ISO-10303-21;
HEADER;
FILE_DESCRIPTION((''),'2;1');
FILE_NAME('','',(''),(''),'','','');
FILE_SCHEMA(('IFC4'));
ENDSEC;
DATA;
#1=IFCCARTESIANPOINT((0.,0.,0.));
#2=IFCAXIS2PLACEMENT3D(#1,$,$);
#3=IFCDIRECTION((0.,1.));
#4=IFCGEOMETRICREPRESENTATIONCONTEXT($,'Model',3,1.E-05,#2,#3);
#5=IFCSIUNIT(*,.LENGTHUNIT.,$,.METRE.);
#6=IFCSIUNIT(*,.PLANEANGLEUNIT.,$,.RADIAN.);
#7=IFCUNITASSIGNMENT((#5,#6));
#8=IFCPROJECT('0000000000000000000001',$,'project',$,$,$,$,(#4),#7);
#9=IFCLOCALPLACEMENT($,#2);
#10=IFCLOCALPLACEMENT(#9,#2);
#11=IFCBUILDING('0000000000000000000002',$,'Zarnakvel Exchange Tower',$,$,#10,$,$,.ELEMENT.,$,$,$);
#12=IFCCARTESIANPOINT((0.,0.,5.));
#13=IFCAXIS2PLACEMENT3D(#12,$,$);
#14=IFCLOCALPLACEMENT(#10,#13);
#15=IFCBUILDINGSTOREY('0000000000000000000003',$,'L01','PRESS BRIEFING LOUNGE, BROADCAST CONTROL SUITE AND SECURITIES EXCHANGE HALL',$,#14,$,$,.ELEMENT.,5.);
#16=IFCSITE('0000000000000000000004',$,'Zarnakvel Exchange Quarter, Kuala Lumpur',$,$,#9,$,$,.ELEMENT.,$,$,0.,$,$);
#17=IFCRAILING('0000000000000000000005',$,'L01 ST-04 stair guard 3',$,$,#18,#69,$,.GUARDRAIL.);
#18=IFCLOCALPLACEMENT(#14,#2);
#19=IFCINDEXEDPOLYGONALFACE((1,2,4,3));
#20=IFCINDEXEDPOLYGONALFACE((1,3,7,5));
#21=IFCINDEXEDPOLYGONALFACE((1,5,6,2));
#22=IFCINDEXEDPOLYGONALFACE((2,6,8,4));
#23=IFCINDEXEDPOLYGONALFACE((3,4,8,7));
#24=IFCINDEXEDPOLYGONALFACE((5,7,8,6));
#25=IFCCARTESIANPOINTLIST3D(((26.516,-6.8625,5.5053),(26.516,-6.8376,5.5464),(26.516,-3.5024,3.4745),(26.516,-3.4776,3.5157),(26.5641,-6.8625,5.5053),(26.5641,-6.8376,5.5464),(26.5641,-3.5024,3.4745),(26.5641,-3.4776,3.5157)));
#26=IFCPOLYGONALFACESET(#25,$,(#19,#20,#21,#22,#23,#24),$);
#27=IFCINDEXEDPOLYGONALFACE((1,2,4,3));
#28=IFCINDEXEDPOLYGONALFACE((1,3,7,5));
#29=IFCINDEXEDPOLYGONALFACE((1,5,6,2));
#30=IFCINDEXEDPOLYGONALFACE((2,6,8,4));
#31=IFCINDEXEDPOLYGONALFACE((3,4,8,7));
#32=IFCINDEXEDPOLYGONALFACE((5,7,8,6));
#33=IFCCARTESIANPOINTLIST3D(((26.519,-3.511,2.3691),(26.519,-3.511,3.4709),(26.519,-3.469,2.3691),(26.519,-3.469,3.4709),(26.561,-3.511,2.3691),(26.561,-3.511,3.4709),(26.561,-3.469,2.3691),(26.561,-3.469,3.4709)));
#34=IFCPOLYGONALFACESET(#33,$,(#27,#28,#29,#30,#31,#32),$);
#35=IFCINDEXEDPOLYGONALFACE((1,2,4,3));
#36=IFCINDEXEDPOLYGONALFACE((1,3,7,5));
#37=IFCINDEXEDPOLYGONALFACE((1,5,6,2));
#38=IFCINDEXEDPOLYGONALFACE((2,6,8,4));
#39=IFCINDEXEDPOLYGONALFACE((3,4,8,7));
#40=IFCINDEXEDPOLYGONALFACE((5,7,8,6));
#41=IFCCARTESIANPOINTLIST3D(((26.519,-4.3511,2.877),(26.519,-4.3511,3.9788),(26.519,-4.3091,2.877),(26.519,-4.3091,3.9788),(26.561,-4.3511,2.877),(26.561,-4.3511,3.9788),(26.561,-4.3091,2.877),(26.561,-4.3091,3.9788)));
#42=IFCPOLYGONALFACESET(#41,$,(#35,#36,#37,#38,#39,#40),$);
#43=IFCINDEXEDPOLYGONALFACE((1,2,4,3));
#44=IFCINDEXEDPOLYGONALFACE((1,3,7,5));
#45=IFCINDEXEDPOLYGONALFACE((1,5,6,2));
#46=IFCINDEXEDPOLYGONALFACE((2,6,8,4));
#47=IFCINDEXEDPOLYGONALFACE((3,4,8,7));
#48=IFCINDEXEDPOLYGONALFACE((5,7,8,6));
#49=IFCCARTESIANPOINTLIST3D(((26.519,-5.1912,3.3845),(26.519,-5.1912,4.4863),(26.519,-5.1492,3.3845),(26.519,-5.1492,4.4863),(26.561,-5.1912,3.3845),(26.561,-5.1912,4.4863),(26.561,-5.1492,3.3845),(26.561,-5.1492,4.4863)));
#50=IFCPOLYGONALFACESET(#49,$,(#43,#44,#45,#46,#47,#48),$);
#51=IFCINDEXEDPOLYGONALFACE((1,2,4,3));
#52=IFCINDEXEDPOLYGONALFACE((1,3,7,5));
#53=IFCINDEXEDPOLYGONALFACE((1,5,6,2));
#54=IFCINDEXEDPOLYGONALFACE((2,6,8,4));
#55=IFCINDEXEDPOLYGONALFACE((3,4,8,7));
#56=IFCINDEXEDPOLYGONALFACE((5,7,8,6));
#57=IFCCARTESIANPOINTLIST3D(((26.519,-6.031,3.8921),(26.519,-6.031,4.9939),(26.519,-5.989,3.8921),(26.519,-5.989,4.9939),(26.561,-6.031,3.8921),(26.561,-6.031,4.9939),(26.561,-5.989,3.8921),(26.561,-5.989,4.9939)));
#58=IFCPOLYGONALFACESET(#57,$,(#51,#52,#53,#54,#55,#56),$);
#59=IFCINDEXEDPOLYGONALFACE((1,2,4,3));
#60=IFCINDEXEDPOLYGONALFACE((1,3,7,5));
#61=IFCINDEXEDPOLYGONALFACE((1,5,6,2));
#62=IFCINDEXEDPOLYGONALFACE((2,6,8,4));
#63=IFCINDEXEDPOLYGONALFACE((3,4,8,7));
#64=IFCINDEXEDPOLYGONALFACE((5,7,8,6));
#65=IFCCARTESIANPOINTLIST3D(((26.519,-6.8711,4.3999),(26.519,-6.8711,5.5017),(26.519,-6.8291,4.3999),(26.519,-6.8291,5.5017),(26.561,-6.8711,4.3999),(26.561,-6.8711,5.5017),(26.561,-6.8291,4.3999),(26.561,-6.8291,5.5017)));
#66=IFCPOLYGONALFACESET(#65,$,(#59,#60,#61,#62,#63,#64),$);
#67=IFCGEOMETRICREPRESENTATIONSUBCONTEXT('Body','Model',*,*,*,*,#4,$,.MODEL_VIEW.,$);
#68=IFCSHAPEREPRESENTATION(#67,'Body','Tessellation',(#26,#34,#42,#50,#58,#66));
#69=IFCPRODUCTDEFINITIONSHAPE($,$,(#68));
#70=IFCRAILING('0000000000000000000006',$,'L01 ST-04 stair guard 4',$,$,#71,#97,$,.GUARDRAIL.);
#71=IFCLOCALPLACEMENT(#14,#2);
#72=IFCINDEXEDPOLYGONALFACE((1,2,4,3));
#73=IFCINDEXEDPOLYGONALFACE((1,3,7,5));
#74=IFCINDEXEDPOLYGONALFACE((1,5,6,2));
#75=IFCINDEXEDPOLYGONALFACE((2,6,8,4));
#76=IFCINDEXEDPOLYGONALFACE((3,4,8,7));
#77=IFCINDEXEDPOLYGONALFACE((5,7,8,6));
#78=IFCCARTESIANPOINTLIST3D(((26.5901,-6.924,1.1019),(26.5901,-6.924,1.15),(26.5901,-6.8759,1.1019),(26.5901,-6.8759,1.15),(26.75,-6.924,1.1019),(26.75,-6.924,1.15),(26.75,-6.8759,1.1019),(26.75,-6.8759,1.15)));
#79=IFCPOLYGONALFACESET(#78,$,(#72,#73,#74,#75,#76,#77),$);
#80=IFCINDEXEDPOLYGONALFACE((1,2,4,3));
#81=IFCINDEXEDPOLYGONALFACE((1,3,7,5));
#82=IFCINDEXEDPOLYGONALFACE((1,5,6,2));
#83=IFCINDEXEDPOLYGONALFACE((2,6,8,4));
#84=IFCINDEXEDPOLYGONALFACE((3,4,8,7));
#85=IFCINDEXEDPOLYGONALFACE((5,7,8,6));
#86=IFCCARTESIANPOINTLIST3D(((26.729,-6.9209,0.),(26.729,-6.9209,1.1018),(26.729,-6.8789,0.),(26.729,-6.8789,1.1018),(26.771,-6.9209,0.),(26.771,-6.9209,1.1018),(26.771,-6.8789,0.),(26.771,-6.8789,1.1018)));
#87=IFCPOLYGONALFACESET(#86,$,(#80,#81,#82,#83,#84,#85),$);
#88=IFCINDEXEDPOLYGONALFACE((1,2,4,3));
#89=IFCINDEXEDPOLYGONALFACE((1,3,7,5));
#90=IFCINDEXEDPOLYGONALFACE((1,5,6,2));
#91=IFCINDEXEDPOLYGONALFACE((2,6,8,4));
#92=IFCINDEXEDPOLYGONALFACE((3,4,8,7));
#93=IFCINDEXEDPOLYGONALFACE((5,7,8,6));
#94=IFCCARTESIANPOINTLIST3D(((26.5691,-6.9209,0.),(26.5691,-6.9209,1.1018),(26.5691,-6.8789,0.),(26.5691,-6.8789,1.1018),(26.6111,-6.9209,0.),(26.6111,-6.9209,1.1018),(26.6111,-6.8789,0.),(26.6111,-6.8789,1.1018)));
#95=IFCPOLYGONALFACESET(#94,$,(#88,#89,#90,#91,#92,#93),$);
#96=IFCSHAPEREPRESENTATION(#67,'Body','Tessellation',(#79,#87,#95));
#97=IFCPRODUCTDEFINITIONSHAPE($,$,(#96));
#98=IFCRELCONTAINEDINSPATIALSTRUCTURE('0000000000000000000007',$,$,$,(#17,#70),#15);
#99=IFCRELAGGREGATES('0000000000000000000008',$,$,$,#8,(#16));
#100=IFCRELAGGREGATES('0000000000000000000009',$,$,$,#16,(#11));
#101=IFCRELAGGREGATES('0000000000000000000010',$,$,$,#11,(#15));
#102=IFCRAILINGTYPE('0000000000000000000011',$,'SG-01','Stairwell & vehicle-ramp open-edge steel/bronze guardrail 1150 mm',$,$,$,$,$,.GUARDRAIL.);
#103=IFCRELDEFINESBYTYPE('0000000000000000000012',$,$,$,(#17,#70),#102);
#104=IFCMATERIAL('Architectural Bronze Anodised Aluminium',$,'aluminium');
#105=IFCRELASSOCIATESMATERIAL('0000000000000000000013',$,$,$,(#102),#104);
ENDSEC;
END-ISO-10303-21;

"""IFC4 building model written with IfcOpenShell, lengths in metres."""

from ifc_helpers import new_model, si_unit, direction, frame, origin, origin_2d, place, context, subcontext, project, spatial, rectangle, extrude, material, type_object, element, save


model = new_model("IFC4")

# Units and contexts
model_context = context("Model", 3, precision=1e-05, world=origin(), true_north=direction((0.0, 1.0)))
body_context = subcontext(model_context, "Body", "Model", "MODEL_VIEW")
ifc_project = project(units=[si_unit("LENGTHUNIT", "METRE"), si_unit("PLANEANGLEUNIT", "RADIAN")], contexts=[model_context])

# Site, building, storey
site_placement = place(None, origin())
site = spatial("IfcSite", under=ifc_project, at=site_placement, Name="Zarnakvel Exchange Quarter, Kuala Lumpur", CompositionType="ELEMENT", RefElevation=0.0)
building_placement = place(site_placement, origin())
building = spatial("IfcBuilding", under=site, at=building_placement, Name="Zarnakvel Exchange Tower", CompositionType="ELEMENT")
storey_placement = place(building_placement, frame((0.0, 0.0, 5.0)))
storey = spatial("IfcBuildingStorey", under=building, at=storey_placement, Name="L01", Description="PRESS BRIEFING LOUNGE, BROADCAST CONTROL SUITE AND SECURITIES EXCHANGE HALL", CompositionType="ELEMENT", Elevation=5.0)

# Railings
ifc_material_1 = material(Name="Architectural Bronze Anodised Aluminium", Category="aluminium")
railing_type_1 = type_object("IfcRailingType", Name="SG-01", Description="Stairwell & vehicle-ramp open-edge steel/bronze guardrail 1150 mm", PredefinedType="GUARDRAIL", material=ifc_material_1)
railing_1_placement = place(storey_placement, frame((26.54, -3.49, 2.3691)))
element("IfcRailing", 1, at=railing_1_placement, inside=storey, type_object=railing_type_1, Name="L01 ST-04 stair guard 3", PredefinedType="GUARDRAIL", context=body_context, shape_type="SweptSolid", body=[
    extrude(rectangle(XDim=0.0481, YDim=0.0481, at=origin_2d()), frame((0.0, 0.0, 1.126), z_axis=(0.0, -0.855837, 0.517246), x_axis=(1.0, 0.0, 0.0)), (0.0, 0.0, 1.0), 3.926),
    extrude(rectangle(XDim=0.042, YDim=0.042, at=origin_2d()), origin(), (0.0, 0.0, 1.0), 1.1018),
    extrude(rectangle(XDim=0.042, YDim=0.042, at=origin_2d()), frame((0.0, -0.8401, 0.5078)), (0.0, 0.0, 1.0), 1.1018),
    extrude(rectangle(XDim=0.042, YDim=0.042, at=origin_2d()), frame((0.0, -1.6802, 1.0154)), (0.0, 0.0, 1.0), 1.1018),
    extrude(rectangle(XDim=0.042, YDim=0.042, at=origin_2d()), frame((0.0, -2.52, 1.5229)), (0.0, 0.0, 1.0), 1.1018),
    extrude(rectangle(XDim=0.042, YDim=0.042, at=origin_2d()), frame((0.0, -3.3601, 2.0308)), (0.0, 0.0, 1.0), 1.1018),
])
railing_2_placement = place(storey_placement, frame((26.75, -6.8999, 0.0)))
element("IfcRailing", 2, at=railing_2_placement, inside=storey, type_object=railing_type_1, Name="L01 ST-04 stair guard 4", PredefinedType="GUARDRAIL", context=body_context, shape_type="SweptSolid", body=[
    extrude(rectangle(XDim=0.0481, YDim=0.0481, at=origin_2d()), frame((0.0, 0.0, 1.126), z_axis=(-1.0, 0.0, 0.0), x_axis=(0.0, -1.0, 0.0)), (0.0, 0.0, 1.0), 0.1599),
    extrude(rectangle(XDim=0.042, YDim=0.042, at=origin_2d()), origin(), (0.0, 0.0, 1.0), 1.1018),
    extrude(rectangle(XDim=0.042, YDim=0.042, at=origin_2d()), frame((-0.1599, 0.0, 0.0)), (0.0, 0.0, 1.0), 1.1018),
])

save(model, "model.ifc")
